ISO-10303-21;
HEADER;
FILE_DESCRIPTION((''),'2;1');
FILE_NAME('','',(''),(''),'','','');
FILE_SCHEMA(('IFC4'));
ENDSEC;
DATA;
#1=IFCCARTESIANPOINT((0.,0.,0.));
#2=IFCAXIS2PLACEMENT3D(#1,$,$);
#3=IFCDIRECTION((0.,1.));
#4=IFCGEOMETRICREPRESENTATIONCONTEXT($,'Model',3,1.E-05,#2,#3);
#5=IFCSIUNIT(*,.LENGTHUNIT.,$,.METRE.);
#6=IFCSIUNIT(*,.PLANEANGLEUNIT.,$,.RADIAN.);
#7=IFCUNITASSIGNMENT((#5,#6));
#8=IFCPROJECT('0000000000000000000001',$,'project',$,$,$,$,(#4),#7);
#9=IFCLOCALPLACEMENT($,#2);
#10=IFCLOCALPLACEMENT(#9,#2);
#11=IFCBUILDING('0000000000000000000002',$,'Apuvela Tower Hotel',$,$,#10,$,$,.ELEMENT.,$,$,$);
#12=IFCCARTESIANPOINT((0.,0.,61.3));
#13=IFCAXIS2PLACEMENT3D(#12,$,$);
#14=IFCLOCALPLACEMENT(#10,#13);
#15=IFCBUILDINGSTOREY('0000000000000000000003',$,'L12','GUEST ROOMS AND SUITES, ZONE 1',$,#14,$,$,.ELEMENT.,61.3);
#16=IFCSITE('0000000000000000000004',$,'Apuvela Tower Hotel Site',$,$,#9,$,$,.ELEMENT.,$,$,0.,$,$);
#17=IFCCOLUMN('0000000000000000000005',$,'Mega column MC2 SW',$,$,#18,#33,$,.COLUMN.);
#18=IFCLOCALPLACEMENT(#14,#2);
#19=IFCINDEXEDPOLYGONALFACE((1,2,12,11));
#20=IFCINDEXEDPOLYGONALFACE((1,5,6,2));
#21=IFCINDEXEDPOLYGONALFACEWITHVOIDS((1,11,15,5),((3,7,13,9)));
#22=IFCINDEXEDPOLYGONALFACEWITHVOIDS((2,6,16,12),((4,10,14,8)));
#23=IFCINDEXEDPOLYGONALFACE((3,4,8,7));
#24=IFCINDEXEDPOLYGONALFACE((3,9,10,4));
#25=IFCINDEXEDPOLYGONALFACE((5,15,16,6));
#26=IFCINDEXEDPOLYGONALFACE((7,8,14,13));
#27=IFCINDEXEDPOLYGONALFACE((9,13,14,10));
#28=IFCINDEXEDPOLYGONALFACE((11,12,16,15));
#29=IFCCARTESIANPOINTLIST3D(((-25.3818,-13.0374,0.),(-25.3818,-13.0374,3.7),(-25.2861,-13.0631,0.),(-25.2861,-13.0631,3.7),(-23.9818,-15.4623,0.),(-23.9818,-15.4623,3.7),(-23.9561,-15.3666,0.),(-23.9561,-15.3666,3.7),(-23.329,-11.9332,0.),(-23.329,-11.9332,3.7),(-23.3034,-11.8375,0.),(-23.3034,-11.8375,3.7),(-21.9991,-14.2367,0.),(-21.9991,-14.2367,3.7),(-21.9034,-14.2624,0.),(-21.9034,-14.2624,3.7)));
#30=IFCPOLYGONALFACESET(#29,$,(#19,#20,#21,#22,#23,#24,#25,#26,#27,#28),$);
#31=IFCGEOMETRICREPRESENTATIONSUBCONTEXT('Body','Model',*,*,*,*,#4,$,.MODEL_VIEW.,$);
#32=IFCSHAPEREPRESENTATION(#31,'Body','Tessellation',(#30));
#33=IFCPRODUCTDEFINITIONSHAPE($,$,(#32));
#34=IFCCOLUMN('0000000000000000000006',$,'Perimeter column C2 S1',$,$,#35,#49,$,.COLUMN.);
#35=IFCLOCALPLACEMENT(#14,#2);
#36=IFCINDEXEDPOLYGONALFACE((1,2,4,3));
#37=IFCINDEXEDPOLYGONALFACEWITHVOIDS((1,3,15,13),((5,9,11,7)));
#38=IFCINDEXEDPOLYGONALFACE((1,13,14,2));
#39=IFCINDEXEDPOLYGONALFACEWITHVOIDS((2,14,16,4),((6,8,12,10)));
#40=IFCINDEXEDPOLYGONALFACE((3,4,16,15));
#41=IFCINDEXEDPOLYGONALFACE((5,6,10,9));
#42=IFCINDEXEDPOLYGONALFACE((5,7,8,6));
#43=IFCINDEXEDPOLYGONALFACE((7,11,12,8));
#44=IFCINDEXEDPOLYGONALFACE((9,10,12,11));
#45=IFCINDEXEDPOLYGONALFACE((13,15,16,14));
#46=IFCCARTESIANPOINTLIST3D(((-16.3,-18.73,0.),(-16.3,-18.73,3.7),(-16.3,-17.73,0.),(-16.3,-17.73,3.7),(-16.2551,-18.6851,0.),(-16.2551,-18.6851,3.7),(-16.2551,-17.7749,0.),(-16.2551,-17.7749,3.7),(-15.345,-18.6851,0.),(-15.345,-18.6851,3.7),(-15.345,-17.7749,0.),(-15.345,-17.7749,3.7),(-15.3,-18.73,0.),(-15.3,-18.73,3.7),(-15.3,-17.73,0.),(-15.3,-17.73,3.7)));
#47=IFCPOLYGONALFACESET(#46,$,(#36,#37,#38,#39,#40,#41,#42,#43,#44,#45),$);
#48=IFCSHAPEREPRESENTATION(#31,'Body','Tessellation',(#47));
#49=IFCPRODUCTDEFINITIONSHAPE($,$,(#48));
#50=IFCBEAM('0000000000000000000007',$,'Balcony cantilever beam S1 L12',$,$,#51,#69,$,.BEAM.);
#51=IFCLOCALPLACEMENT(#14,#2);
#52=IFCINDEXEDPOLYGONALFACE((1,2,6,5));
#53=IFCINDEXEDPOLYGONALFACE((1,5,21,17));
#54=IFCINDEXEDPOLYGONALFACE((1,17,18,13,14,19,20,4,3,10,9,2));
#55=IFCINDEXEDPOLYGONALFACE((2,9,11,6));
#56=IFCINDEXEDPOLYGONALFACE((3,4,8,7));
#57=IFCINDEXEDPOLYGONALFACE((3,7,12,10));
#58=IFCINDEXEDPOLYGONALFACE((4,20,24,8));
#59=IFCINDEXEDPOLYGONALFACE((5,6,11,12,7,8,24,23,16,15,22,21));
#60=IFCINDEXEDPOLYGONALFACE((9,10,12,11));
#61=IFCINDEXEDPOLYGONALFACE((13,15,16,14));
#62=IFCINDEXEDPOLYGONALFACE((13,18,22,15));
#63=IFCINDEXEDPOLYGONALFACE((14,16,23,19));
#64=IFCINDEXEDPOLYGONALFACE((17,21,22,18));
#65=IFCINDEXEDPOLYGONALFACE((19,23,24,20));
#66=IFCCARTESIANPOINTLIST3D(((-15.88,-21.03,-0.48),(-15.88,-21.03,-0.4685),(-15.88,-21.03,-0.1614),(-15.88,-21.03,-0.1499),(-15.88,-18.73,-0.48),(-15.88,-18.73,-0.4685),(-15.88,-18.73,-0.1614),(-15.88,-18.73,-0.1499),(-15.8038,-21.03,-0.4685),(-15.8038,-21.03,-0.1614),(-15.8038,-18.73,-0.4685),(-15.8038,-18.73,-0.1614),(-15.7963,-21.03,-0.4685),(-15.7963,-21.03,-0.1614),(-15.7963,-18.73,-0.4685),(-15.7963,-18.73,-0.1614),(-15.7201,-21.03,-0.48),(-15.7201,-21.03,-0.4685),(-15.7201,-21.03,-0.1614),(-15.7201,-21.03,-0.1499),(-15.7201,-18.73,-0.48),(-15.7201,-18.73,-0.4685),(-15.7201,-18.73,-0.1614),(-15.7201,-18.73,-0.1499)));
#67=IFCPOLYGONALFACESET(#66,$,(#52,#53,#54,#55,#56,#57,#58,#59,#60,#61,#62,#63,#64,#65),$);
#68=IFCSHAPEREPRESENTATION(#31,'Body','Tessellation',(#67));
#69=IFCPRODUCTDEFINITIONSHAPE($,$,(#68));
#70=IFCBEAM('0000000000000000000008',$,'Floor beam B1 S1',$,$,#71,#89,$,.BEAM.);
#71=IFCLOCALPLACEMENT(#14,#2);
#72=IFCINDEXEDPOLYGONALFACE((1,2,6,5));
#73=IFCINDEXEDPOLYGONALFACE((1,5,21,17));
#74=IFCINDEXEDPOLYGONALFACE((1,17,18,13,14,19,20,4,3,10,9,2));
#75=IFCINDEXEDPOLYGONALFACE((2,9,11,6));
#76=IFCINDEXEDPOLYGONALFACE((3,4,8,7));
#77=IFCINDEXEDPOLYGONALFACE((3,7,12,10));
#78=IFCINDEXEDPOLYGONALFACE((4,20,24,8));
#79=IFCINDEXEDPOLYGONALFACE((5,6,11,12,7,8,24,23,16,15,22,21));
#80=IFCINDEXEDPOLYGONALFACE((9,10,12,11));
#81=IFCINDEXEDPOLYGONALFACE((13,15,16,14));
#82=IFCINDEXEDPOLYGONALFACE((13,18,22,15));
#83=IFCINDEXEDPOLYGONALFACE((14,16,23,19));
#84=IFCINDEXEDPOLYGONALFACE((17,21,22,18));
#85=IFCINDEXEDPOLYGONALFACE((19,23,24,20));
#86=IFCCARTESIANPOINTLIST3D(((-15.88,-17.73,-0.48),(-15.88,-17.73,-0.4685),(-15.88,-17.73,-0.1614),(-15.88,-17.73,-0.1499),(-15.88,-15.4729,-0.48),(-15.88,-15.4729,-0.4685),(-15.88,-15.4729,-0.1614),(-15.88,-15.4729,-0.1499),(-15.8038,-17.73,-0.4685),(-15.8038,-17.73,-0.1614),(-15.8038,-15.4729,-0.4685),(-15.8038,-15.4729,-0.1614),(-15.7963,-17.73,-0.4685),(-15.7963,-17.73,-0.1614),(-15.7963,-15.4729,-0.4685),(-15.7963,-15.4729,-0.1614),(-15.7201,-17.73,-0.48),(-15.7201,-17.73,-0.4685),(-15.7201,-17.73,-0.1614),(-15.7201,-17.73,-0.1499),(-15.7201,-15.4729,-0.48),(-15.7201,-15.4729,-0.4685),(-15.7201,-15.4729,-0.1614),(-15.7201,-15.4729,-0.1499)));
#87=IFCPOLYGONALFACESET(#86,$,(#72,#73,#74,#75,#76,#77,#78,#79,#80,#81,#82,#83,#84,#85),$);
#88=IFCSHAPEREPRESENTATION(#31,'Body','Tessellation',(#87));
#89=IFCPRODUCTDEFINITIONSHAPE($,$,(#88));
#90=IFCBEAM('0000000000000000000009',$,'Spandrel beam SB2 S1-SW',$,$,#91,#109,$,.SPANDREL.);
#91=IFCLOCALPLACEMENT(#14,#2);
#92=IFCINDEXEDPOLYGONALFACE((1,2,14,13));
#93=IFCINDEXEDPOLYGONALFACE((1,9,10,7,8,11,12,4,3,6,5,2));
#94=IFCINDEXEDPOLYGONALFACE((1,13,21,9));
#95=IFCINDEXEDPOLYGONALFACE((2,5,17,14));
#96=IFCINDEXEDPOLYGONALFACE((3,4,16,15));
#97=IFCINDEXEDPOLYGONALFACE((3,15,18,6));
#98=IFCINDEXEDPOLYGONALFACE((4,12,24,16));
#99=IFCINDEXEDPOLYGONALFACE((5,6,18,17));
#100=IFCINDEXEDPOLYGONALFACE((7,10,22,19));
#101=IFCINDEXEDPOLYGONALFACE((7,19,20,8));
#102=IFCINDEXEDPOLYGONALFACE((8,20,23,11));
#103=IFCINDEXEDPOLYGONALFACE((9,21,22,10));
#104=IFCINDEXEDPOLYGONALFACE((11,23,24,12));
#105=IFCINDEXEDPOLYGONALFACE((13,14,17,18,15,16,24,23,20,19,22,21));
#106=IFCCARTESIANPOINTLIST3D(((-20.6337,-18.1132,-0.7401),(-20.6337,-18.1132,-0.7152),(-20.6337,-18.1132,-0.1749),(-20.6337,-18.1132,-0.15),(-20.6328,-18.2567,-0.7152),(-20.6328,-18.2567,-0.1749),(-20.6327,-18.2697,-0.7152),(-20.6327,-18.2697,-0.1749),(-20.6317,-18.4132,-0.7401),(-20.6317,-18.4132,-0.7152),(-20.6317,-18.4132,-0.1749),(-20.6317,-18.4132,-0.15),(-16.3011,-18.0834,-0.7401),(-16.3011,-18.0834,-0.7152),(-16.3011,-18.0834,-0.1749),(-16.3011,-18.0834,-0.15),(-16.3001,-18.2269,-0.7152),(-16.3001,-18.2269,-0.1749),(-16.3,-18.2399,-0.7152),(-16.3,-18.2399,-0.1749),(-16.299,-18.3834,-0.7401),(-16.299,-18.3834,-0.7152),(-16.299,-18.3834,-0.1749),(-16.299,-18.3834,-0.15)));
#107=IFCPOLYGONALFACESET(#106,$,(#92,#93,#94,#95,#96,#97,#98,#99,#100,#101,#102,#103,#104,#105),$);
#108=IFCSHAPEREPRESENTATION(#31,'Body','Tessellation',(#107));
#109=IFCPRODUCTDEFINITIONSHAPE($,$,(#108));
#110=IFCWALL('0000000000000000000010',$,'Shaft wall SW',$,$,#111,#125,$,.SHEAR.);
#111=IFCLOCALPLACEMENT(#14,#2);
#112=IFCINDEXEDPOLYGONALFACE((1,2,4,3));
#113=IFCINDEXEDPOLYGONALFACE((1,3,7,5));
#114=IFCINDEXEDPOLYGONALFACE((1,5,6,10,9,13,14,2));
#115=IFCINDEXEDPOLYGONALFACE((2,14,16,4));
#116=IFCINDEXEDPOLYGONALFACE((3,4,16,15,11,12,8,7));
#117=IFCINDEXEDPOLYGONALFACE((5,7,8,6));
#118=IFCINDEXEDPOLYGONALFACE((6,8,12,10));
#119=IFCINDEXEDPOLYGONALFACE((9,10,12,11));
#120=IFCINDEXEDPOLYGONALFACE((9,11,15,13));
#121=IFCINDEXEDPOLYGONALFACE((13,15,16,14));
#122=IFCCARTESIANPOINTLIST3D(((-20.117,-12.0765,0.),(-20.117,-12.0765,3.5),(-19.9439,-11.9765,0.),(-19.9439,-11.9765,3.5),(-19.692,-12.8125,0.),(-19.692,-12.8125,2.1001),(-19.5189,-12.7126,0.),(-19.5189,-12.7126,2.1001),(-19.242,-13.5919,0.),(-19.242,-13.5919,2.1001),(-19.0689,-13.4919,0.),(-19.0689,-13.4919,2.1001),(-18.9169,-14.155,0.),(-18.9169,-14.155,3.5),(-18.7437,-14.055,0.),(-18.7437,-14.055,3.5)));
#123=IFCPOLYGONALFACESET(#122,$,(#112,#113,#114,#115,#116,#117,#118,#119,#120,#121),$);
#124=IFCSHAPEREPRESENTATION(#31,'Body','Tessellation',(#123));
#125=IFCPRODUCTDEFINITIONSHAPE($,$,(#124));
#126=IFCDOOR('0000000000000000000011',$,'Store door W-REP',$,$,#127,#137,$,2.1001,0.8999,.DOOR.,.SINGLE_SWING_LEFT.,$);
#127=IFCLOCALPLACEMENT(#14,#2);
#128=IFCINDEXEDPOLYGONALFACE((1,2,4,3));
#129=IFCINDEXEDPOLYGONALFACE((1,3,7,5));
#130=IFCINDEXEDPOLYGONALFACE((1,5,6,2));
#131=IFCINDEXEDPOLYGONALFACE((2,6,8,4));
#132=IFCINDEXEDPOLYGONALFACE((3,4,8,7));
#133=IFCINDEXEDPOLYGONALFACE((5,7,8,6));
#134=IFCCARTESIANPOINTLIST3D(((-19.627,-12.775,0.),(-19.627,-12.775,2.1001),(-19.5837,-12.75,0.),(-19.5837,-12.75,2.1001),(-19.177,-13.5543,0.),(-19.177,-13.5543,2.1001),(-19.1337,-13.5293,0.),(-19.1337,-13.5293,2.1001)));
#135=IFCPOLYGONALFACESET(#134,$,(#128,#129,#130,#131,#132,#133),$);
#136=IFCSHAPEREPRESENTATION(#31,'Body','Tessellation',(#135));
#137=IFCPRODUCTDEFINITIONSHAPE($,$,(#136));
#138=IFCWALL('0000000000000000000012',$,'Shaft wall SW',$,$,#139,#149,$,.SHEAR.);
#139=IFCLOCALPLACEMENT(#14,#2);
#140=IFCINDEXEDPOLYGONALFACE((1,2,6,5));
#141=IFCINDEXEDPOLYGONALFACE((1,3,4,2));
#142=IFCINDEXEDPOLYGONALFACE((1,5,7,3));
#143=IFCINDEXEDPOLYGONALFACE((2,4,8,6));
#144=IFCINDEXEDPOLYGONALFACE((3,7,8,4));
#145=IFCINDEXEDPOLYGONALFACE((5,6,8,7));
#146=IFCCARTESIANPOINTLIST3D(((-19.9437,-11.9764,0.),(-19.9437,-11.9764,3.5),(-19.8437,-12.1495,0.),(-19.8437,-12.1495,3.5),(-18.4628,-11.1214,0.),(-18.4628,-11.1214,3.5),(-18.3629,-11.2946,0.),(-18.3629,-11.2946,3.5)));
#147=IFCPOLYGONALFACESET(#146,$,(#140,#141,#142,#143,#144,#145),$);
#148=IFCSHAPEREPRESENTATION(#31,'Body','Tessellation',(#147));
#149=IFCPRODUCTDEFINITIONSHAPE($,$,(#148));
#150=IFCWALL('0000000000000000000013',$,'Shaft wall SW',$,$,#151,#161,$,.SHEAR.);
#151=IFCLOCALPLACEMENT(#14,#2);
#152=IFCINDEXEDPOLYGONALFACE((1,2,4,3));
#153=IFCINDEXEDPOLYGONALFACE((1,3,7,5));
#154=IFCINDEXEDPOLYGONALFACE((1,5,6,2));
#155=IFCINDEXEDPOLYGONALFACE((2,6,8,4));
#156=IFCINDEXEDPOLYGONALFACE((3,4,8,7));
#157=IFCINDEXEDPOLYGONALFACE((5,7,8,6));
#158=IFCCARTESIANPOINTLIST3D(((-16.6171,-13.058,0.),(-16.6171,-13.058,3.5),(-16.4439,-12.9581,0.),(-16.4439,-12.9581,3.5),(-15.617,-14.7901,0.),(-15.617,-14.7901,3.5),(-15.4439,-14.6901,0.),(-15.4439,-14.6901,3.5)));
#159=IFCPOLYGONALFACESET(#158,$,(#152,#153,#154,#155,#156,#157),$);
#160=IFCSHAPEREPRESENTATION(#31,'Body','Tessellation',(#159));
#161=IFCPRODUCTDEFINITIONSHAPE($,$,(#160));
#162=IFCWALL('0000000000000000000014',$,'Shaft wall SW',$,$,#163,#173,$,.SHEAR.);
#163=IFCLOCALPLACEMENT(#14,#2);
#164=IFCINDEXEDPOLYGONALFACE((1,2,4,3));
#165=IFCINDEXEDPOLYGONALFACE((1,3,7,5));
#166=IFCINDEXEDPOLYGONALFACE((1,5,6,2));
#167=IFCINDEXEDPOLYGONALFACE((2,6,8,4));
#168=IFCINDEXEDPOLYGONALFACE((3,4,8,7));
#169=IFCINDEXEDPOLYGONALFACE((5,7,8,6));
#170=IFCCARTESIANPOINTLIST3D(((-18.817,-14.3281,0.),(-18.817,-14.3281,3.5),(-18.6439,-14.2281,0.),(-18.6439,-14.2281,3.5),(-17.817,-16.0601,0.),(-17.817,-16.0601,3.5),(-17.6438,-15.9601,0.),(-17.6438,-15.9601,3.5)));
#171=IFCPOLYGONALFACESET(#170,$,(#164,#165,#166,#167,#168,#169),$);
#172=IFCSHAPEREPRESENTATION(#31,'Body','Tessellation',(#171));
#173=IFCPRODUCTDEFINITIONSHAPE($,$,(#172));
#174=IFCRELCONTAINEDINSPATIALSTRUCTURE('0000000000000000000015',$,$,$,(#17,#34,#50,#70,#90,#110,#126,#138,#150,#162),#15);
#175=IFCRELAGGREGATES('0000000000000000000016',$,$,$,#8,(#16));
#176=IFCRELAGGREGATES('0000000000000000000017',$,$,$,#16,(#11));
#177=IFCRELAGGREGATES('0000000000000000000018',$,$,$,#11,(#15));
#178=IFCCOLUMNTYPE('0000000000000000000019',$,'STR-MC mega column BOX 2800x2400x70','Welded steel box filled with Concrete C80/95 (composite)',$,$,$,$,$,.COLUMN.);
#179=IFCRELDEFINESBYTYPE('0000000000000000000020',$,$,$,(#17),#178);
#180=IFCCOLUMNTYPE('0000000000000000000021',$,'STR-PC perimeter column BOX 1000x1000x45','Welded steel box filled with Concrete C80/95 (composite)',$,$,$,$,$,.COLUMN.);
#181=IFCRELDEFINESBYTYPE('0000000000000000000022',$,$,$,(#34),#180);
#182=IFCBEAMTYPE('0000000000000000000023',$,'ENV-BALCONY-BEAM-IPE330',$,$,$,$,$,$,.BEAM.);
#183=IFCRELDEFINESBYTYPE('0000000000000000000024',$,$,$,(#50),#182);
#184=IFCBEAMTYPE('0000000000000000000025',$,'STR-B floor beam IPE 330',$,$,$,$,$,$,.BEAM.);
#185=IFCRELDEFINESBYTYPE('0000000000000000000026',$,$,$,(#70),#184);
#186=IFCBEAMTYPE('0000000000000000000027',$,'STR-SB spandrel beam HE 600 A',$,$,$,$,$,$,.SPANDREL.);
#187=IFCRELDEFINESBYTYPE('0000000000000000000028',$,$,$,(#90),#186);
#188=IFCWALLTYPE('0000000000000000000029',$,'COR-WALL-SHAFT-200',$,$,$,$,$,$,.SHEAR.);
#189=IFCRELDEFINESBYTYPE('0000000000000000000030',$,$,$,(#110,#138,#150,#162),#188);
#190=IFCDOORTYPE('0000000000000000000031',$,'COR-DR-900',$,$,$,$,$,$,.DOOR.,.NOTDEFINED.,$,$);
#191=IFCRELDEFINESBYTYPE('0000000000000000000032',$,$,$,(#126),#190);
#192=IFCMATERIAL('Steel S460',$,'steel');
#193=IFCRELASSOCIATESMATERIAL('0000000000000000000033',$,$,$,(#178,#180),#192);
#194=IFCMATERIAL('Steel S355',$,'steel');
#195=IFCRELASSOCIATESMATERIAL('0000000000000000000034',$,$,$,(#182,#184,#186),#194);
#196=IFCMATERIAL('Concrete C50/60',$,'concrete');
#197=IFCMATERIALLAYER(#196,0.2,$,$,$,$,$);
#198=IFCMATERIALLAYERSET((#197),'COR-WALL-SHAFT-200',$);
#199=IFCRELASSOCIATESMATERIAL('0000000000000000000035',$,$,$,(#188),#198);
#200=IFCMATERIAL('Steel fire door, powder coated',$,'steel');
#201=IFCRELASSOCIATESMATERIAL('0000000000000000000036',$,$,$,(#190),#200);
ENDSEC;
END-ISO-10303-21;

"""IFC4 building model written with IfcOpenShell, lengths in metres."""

from ifc_helpers import new_model, si_unit, direction, frame, frame_2d, origin, origin_2d, place, context, subcontext, project, spatial, rectangle, hollow_rectangle, i_section, extrude, material, layer, layer_set, material_profile, profile_set, type_object, element, fill, save


model = new_model("IFC4")

# Units and contexts
model_context = context("Model", 3, precision=1e-05, world=origin(), true_north=direction((0.0, 1.0)))
body_context = subcontext(model_context, "Body", "Model", "MODEL_VIEW")
ifc_project = project(units=[si_unit("LENGTHUNIT", "METRE"), si_unit("PLANEANGLEUNIT", "RADIAN")], contexts=[model_context])

# Site, building, storey
site_placement = place(None, origin())
site = spatial("IfcSite", under=ifc_project, at=site_placement, Name="Apuvela Tower Hotel Site", CompositionType="ELEMENT", RefElevation=0.0)
building_placement = place(site_placement, origin())
building = spatial("IfcBuilding", under=site, at=building_placement, Name="Apuvela Tower Hotel", CompositionType="ELEMENT")
storey_placement = place(building_placement, frame((0.0, 0.0, 61.3)))
storey = spatial("IfcBuildingStorey", under=building, at=storey_placement, Name="L12", Description="GUEST ROOMS AND SUITES, ZONE 1", CompositionType="ELEMENT", Elevation=61.3)

# Columns
ifc_material_1 = material(Name="Steel S460", Category="steel")
ifc_material_profile_1 = material_profile(ifc_material_1, hollow_rectangle(XDim=2.8, YDim=2.3999, WallThickness=0.0701, at=origin_2d()), Name="BOX 2800x2400x70")
ifc_material_2 = material(Name="Concrete C80/95", Category="concrete")
ifc_material_profile_2 = material_profile(ifc_material_2, rectangle(XDim=2.6599, YDim=2.26, at=origin_2d()), Name="Concrete C80/95 infill")
ifc_profile_set_1 = profile_set([ifc_material_profile_1, ifc_material_profile_2], Name="Steel S460")
column_type_1 = type_object("IfcColumnType", Name="STR-MC mega column BOX 2800x2400x70", Description="Welded steel box filled with Concrete C80/95 (composite)", PredefinedType="COLUMN", material=ifc_profile_set_1)
column_1_placement = place(storey_placement, frame((-23.6426, -13.6499, 0.0), z_axis=(0.0, 0.0, 1.0), x_axis=(-0.5, 0.866025, 0.0)))
element("IfcColumn", 1, at=column_1_placement, inside=storey, type_object=column_type_1, Name="Mega column MC2 SW", PredefinedType="COLUMN", context=body_context, shape_type="SweptSolid", body=[
    extrude(hollow_rectangle(XDim=2.8, YDim=2.3999, WallThickness=0.0701, at=origin_2d()), origin(), (0.0, 0.0, 1.0), 3.7),
])
ifc_material_profile_3 = material_profile(ifc_material_1, hollow_rectangle(XDim=1.0, YDim=1.0, WallThickness=0.0449, at=origin_2d()), Name="BOX 1000x1000x45")
ifc_material_profile_4 = material_profile(ifc_material_2, rectangle(XDim=0.9099, YDim=0.9099, at=origin_2d()), Name="Concrete C80/95 infill")
ifc_profile_set_2 = profile_set([ifc_material_profile_3, ifc_material_profile_4], Name="Steel S460")
column_type_2 = type_object("IfcColumnType", Name="STR-PC perimeter column BOX 1000x1000x45", Description="Welded steel box filled with Concrete C80/95 (composite)", PredefinedType="COLUMN", material=ifc_profile_set_2)
column_2_placement = place(storey_placement, frame((-15.8, -18.23, 0.0), z_axis=(0.0, 0.0, 1.0), x_axis=(-1.0, 0.0, 0.0)))
element("IfcColumn", 2, at=column_2_placement, inside=storey, type_object=column_type_2, Name="Perimeter column C2 S1", PredefinedType="COLUMN", context=body_context, shape_type="SweptSolid", body=[
    extrude(hollow_rectangle(XDim=1.0, YDim=1.0, WallThickness=0.0449, at=origin_2d()), origin(), (0.0, 0.0, 1.0), 3.7),
])

# Beams
ifc_material_3 = material(Name="Steel S355", Category="steel")
ifc_material_profile_5 = material_profile(ifc_material_3, i_section(OverallWidth=0.1599, OverallDepth=0.3301, WebThickness=0.0076, FlangeThickness=0.0115, at=origin_2d()), Name="IPE 330")
ifc_profile_set_3 = profile_set([ifc_material_profile_5], Name="Steel S355")
beam_type_1 = type_object("IfcBeamType", Name="ENV-BALCONY-BEAM-IPE330", PredefinedType="BEAM", material=ifc_profile_set_3)
beam_1_placement = place(storey_placement, frame((-15.8, -18.73, -0.3149), z_axis=(0.0, -1.0, 0.0), x_axis=(1.0, 0.0, 0.0)))
element("IfcBeam", 3, at=beam_1_placement, inside=storey, type_object=beam_type_1, Name="Balcony cantilever beam S1 L12", PredefinedType="BEAM", context=body_context, shape_type="SweptSolid", body=[
    extrude(i_section(OverallWidth=0.1599, OverallDepth=0.3301, WebThickness=0.0076, FlangeThickness=0.0115, at=origin_2d()), origin(), (0.0, 0.0, 1.0), 2.3),
])
ifc_material_profile_6 = material_profile(ifc_material_3, i_section(OverallWidth=0.1599, OverallDepth=0.3301, WebThickness=0.0076, FlangeThickness=0.0115, at=origin_2d()), Name="IPE 330")
ifc_profile_set_4 = profile_set([ifc_material_profile_6], Name="Steel S355")
beam_type_2 = type_object("IfcBeamType", Name="STR-B floor beam IPE 330", PredefinedType="BEAM", material=ifc_profile_set_4)
beam_2_placement = place(storey_placement, frame((-15.8, -17.73, -0.3149), z_axis=(0.0, 1.0, 0.0), x_axis=(-1.0, 0.0, 0.0)))
element("IfcBeam", 4, at=beam_2_placement, inside=storey, type_object=beam_type_2, Name="Floor beam B1 S1", PredefinedType="BEAM", context=body_context, shape_type="SweptSolid", body=[
    extrude(i_section(OverallWidth=0.1599, OverallDepth=0.3301, WebThickness=0.0076, FlangeThickness=0.0115, at=origin_2d()), origin(), (0.0, 0.0, 1.0), 2.2571),
])
ifc_material_profile_7 = material_profile(ifc_material_3, i_section(OverallWidth=0.3, OverallDepth=0.5901, WebThickness=0.0129, FlangeThickness=0.0249, at=origin_2d()), Name="HE 600 A")
ifc_profile_set_5 = profile_set([ifc_material_profile_7], Name="Steel S355")
beam_type_3 = type_object("IfcBeamType", Name="STR-SB spandrel beam HE 600 A", PredefinedType="SPANDREL", material=ifc_profile_set_5)
beam_3_placement = place(storey_placement, frame((-16.3, -18.2334, -0.4451), z_axis=(-0.999976, -0.006874, 0.0), x_axis=(0.006874, -0.999976, 0.0)))
element("IfcBeam", 5, at=beam_3_placement, inside=storey, type_object=beam_type_3, Name="Spandrel beam SB2 S1-SW", PredefinedType="SPANDREL", context=body_context, shape_type="SweptSolid", body=[
    extrude(i_section(OverallWidth=0.3, OverallDepth=0.5901, WebThickness=0.0129, FlangeThickness=0.0249, at=origin_2d()), origin(), (0.0, 0.0, 1.0), 4.3328),
])

# Wall, opening, door
ifc_material_4 = material(Name="Concrete C50/60", Category="concrete")
ifc_layer_1 = layer(ifc_material_4, 0.2)
ifc_layer_set_1 = layer_set([ifc_layer_1], Name="COR-WALL-SHAFT-200")
wall_type_1 = type_object("IfcWallType", Name="COR-WALL-SHAFT-200", PredefinedType="SHEAR", material=ifc_layer_set_1)
wall_1_placement = place(storey_placement, frame((-20.0305, -12.0264, 0.0), z_axis=(0.0, 0.0, 1.0), x_axis=(0.500034, -0.866006, 0.0)))
wall_1 = element("IfcWall", 6, at=wall_1_placement, inside=storey, type_object=wall_type_1, Name="Shaft wall SW", PredefinedType="SHEAR", context=body_context, shape_type="SweptSolid", body=[
    extrude(rectangle(XDim=2.4001, YDim=0.2, at=frame_2d((1.2002, 0.0))), origin(), (0.0, 0.0, 1.0), 3.5),
])
opening_1_placement = place(wall_1_placement, frame((0.8501, 0.0, 0.0)))
opening_1 = element("IfcOpeningElement", 7, at=opening_1_placement, cuts=wall_1, PredefinedType="OPENING", context=body_context, shape_type="SweptSolid", body=[
    extrude(rectangle(XDim=0.8999, YDim=2.1001, at=frame_2d((0.45, 1.05))), frame((0.0, 0.1099, 0.0), z_axis=(0.0, -1.0, 0.0), x_axis=(1.0, 0.0, 0.0)), (0.0, 0.0, 1.0), 0.22),
])
ifc_material_5 = material(Name="Steel fire door, powder coated", Category="steel")
door_type_1 = type_object("IfcDoorType", Name="COR-DR-900", OperationType="NOTDEFINED", PredefinedType="DOOR", material=ifc_material_5)
door_1_placement = place(opening_1_placement, frame((0.8999, 0.0, 0.0), z_axis=(0.0, 0.0, 1.0), x_axis=(-1.0, 0.0, 0.0)))
door_1 = element("IfcDoor", 8, at=door_1_placement, inside=storey, type_object=door_type_1, Name="Store door W-REP", OperationType="SINGLE_SWING_LEFT", OverallHeight=2.1001, OverallWidth=0.8999, PredefinedType="DOOR", context=body_context, shape_type="SweptSolid", body=[
    extrude(rectangle(XDim=0.8999, YDim=2.1001, at=frame_2d((0.45, 1.05))), frame((0.0, 0.0249, 0.0), z_axis=(0.0, -1.0, 0.0), x_axis=(1.0, 0.0, 0.0)), (0.0, 0.0, 1.0), 0.05),
])
fill(opening_1, door_1)

# Walls
wall_2_placement = place(storey_placement, frame((-18.4128, -11.208, 0.0), z_axis=(0.0, 0.0, 1.0), x_axis=(-0.866038, -0.499978, 0.0)))
element("IfcWall", 9, at=wall_2_placement, inside=storey, type_object=wall_type_1, Name="Shaft wall SW", PredefinedType="SHEAR", context=body_context, shape_type="SweptSolid", body=[
    extrude(rectangle(XDim=1.71, YDim=0.2, at=frame_2d((0.855, 0.0))), origin(), (0.0, 0.0, 1.0), 3.5),
])
for number, where, z_axis, x_axis, name in (
    (10, (-16.5305, -13.0081, 0.0), (0.0, 0.0, 1.0), (0.500025, -0.866011, 0.0), "Shaft wall SW"),
    (11, (-18.7305, -14.2781, 0.0), (0.0, 0.0, 1.0), (0.500025, -0.866011, 0.0), "Shaft wall SW"),
):
    element("IfcWall", number, at=place(storey_placement, frame(where, z_axis=z_axis, x_axis=x_axis)), inside=storey, type_object=wall_type_1, Name=name, PredefinedType="SHEAR", context=body_context, shape_type="SweptSolid", body=[
        extrude(rectangle(XDim=2.0, YDim=0.2, at=frame_2d((1.0, 0.0))), origin(), (0.0, 0.0, 1.0), 3.5),
    ])

save(model, "model.ifc")
